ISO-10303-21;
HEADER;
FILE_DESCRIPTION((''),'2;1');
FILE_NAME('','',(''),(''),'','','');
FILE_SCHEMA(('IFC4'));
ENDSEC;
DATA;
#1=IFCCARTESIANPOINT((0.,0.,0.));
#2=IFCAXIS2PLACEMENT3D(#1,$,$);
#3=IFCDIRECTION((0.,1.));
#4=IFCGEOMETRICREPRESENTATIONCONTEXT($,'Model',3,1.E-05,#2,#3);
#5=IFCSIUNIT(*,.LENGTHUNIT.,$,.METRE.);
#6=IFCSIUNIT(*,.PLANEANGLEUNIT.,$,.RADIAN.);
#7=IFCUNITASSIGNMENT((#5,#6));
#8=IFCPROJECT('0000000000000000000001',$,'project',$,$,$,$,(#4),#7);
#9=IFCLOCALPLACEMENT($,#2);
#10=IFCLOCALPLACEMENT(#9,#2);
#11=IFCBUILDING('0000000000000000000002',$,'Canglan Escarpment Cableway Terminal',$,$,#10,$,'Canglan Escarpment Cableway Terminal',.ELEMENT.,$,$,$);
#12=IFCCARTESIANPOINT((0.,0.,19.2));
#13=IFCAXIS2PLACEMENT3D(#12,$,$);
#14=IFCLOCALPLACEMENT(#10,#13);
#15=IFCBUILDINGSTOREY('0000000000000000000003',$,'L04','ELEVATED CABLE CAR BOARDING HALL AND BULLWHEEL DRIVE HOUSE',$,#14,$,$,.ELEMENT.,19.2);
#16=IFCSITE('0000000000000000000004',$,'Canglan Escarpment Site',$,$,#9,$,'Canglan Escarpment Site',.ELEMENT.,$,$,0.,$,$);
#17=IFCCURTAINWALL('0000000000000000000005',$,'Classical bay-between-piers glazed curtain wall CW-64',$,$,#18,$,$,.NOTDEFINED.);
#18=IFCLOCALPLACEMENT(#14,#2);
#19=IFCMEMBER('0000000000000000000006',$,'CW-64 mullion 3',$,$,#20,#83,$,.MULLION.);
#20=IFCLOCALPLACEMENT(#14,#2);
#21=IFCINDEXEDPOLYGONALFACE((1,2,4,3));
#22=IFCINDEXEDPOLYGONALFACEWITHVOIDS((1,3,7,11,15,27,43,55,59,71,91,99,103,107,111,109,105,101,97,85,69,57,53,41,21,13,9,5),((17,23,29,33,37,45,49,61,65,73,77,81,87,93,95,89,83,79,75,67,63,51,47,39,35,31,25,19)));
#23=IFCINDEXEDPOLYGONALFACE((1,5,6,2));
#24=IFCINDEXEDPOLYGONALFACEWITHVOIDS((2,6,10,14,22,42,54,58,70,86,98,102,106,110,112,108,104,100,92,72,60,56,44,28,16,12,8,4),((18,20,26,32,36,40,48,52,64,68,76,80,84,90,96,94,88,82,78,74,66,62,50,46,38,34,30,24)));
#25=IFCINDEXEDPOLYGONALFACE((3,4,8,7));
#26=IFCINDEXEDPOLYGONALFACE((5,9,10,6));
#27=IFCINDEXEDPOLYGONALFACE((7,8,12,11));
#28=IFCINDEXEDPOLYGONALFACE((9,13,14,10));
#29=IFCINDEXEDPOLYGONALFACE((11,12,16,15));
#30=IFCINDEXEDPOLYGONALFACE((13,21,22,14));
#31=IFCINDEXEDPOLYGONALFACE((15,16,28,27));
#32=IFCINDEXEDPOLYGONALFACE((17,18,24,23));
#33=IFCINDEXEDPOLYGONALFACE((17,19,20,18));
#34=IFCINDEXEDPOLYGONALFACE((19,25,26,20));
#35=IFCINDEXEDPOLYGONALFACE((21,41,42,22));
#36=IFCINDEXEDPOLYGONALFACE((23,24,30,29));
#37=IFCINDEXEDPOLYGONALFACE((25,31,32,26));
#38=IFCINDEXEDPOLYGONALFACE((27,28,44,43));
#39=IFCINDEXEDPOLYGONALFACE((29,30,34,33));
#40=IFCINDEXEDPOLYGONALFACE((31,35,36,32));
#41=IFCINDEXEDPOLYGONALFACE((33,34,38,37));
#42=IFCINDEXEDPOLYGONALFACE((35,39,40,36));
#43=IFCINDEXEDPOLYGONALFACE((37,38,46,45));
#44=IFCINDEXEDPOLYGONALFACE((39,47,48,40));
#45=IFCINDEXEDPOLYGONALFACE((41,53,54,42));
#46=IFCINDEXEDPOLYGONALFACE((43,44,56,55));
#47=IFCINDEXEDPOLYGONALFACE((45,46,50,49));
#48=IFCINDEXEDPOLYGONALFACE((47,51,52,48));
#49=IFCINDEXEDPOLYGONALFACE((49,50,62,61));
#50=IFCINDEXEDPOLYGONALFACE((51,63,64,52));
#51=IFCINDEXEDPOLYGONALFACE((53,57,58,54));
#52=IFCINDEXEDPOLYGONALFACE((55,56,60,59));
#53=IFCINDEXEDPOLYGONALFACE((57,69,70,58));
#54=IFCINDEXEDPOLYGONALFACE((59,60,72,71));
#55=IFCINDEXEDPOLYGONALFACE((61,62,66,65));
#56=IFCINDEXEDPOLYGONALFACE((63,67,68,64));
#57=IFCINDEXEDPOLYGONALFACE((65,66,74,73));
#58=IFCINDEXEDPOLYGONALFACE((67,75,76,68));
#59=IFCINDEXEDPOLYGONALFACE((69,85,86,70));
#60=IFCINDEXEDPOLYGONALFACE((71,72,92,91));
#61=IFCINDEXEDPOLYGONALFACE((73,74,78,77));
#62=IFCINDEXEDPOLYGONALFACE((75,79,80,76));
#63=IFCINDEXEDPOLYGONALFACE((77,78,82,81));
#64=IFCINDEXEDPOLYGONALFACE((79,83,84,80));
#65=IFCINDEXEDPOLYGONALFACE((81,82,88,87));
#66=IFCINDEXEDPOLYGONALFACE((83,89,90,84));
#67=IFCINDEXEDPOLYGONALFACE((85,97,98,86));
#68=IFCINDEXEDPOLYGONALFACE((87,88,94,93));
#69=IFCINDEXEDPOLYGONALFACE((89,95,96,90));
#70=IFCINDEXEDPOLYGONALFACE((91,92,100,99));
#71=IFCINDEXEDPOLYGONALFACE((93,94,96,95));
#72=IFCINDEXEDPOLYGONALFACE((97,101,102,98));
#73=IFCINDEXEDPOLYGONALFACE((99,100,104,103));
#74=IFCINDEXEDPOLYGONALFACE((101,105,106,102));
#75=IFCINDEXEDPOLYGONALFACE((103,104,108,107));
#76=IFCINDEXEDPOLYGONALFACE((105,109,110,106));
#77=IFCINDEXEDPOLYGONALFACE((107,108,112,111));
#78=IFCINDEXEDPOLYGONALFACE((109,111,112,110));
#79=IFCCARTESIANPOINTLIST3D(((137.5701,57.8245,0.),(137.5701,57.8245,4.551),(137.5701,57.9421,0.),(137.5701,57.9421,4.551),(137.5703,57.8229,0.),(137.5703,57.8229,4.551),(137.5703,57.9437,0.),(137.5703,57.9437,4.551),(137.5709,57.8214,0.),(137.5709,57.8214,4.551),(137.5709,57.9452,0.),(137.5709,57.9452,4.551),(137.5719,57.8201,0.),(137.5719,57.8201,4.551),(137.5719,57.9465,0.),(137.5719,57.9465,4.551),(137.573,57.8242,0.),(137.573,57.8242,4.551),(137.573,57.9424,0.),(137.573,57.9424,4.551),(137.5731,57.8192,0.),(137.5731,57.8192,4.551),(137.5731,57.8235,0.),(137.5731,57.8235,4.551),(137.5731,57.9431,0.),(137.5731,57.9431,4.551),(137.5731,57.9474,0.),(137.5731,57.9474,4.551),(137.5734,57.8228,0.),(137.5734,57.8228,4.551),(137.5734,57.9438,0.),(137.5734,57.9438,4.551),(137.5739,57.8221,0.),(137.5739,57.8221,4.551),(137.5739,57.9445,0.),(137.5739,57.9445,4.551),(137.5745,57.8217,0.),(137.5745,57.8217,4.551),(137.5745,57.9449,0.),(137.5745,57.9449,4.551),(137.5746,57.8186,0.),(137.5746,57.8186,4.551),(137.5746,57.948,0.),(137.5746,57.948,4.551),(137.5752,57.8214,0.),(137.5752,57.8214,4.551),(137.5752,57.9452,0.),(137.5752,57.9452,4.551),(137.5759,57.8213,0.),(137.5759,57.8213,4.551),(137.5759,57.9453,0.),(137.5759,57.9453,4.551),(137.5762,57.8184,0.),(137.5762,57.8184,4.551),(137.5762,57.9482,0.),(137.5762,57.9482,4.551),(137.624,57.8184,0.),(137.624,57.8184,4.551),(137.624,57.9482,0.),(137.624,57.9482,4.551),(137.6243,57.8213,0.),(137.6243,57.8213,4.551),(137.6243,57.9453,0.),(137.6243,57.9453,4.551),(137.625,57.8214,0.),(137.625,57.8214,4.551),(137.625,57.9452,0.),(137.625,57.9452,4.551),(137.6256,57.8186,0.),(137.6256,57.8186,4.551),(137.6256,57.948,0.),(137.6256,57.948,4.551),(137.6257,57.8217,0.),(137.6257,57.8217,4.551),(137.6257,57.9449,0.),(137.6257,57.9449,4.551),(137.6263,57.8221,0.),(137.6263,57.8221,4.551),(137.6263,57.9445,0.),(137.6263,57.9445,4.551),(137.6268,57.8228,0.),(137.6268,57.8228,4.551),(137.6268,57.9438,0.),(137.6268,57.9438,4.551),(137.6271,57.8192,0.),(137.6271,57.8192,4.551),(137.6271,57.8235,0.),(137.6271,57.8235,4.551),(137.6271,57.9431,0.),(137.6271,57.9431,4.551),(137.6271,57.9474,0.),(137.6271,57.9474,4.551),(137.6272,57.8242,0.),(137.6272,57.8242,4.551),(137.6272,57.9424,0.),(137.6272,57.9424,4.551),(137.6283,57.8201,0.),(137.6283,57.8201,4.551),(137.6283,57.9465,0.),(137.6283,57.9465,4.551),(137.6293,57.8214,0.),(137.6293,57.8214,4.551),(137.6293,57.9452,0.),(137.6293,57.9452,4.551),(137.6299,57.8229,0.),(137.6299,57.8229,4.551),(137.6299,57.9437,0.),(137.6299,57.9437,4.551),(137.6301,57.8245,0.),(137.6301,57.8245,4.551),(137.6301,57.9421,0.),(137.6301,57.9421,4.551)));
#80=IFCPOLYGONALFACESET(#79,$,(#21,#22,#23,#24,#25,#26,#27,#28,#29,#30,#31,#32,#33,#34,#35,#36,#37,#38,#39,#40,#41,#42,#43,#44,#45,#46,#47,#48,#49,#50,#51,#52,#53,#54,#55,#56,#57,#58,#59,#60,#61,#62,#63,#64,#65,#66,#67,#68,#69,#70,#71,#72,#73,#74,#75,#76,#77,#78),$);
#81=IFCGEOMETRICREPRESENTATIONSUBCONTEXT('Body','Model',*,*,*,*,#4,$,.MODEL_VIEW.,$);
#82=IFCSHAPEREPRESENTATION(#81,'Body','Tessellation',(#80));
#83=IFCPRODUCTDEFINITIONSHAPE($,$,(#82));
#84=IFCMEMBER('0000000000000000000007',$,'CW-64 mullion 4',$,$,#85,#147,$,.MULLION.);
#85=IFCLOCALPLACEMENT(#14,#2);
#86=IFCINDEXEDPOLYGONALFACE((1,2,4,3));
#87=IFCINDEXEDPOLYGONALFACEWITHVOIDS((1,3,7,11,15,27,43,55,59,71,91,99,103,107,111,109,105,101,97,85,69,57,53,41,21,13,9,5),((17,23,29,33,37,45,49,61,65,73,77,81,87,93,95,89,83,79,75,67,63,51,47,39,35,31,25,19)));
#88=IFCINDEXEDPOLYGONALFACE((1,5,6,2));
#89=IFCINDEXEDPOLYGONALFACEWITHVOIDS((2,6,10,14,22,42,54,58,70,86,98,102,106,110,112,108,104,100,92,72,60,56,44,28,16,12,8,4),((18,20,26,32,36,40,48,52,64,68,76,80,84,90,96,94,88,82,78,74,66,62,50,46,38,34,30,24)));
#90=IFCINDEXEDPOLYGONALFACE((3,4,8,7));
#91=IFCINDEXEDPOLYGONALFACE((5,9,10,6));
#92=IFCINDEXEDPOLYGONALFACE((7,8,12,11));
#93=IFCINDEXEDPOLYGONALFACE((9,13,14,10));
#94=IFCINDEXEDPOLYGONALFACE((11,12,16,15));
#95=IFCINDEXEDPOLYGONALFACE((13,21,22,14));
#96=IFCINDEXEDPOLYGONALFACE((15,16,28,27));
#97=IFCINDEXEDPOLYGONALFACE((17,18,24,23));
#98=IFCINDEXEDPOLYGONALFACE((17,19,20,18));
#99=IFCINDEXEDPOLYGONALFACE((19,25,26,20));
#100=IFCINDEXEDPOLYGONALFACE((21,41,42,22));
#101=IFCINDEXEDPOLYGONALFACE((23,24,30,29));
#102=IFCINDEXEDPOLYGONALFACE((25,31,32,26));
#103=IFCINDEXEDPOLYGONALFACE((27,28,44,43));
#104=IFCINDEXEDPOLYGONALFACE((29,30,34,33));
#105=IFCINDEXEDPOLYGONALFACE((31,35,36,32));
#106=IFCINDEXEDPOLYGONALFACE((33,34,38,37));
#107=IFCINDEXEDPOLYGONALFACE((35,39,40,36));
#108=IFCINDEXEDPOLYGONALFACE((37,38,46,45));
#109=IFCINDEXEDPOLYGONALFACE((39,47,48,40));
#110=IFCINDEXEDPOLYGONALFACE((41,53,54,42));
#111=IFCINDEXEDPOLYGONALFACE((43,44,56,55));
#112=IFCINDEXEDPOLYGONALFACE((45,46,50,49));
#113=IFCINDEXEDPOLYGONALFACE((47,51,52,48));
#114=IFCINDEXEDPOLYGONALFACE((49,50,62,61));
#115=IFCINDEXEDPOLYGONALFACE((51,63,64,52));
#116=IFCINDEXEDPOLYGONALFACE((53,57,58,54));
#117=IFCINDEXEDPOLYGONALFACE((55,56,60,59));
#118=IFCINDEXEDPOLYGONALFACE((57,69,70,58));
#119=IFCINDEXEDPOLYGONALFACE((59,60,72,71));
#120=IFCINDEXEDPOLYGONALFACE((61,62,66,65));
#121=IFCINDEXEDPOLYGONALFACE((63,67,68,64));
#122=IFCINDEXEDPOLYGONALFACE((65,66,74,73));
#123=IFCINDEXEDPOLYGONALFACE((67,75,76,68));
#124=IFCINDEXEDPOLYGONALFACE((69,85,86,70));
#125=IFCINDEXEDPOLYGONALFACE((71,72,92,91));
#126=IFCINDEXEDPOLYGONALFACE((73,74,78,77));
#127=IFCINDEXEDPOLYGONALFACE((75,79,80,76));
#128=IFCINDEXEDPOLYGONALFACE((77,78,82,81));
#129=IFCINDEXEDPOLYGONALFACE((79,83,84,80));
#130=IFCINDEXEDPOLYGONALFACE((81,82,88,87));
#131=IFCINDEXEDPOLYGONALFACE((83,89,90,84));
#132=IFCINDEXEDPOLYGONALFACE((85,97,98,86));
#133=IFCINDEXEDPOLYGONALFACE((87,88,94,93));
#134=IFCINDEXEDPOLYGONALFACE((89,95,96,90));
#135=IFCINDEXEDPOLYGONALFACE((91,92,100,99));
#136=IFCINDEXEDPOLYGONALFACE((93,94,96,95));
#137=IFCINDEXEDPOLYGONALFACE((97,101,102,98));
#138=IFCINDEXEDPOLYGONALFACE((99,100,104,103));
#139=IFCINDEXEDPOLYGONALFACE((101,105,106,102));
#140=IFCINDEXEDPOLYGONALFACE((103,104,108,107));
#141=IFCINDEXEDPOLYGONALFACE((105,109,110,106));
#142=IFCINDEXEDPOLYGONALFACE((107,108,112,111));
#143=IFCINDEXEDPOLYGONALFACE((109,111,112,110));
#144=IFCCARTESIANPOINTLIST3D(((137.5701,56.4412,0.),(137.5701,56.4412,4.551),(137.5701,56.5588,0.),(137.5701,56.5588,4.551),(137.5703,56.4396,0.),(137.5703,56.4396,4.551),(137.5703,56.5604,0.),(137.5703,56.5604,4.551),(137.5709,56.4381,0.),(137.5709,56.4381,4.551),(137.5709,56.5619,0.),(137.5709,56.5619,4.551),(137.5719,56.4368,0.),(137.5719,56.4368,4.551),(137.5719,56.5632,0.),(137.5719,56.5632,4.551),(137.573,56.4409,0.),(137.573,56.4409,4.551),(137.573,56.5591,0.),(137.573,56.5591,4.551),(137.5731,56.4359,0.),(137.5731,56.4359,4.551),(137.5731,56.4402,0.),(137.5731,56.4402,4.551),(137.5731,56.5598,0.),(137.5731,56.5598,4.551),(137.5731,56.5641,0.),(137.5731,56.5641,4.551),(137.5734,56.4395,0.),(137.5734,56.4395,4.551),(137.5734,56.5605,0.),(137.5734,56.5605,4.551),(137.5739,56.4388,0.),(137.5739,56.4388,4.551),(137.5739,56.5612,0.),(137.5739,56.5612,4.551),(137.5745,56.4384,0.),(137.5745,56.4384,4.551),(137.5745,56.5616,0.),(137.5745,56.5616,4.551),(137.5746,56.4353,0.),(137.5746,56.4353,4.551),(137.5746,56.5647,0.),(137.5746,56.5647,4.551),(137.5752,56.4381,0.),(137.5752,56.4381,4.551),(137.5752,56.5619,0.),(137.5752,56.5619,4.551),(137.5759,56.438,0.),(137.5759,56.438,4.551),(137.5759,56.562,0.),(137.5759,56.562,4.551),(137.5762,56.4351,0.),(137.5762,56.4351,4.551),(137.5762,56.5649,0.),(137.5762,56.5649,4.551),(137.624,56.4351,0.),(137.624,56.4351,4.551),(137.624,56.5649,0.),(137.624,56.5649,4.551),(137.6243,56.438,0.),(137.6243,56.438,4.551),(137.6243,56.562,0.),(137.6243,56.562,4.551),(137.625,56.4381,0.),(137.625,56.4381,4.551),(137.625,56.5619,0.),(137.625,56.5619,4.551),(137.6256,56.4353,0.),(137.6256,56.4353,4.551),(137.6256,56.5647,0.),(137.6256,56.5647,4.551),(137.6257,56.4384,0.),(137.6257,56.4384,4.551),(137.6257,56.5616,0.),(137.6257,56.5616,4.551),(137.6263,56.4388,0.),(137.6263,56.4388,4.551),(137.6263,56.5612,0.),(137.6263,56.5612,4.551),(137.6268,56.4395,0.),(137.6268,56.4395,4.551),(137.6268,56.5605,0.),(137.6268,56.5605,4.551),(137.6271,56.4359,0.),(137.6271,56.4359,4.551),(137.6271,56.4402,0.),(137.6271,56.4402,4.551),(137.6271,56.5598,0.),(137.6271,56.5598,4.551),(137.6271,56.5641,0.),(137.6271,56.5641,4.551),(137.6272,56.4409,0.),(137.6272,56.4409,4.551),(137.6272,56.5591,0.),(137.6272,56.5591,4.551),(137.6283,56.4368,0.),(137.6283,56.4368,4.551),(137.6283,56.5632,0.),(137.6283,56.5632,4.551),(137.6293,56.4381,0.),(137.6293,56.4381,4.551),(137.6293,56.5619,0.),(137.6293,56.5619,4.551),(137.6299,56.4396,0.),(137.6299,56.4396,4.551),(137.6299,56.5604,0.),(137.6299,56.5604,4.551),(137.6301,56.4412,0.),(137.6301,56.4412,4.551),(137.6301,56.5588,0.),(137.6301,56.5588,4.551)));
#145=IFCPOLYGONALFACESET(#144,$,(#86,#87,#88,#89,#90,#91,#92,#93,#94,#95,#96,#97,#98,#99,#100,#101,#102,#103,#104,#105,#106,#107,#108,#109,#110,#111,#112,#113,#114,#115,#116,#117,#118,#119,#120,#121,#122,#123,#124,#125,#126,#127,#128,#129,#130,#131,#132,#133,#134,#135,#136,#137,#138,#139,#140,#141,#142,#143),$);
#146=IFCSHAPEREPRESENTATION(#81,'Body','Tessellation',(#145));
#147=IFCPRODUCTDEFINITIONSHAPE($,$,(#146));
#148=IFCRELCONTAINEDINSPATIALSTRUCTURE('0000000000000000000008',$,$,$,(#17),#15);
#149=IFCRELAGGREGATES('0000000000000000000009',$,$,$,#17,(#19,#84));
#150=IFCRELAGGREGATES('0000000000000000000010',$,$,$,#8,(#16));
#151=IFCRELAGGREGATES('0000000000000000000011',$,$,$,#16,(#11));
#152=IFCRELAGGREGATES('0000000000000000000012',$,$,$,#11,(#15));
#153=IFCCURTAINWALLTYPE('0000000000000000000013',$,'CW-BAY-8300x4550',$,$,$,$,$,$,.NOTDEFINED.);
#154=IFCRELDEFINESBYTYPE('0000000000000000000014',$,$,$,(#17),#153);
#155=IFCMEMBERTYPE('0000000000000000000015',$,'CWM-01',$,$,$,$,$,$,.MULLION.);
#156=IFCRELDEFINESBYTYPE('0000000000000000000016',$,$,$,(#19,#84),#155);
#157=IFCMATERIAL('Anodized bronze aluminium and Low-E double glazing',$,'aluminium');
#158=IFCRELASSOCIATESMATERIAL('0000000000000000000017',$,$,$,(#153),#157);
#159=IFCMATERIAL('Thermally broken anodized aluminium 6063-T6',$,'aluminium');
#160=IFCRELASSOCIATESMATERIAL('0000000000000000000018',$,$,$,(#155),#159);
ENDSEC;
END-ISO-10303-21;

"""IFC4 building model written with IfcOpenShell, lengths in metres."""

from ifc_helpers import new_model, si_unit, direction, frame, origin, origin_2d, place, context, subcontext, project, spatial, hollow_rectangle, extrude, material, material_profile, profile_set, type_object, element, aggregate, save


model = new_model("IFC4")

# Units and contexts
model_context = context("Model", 3, precision=1e-05, world=origin(), true_north=direction((0.0, 1.0)))
body_context = subcontext(model_context, "Body", "Model", "MODEL_VIEW")
ifc_project = project(units=[si_unit("LENGTHUNIT", "METRE"), si_unit("PLANEANGLEUNIT", "RADIAN")], contexts=[model_context])

# Site, building, storey
site_placement = place(None, origin())
site = spatial("IfcSite", under=ifc_project, at=site_placement, Name="Canglan Escarpment Site", LongName="Canglan Escarpment Site", CompositionType="ELEMENT", RefElevation=0.0)
building_placement = place(site_placement, origin())
building = spatial("IfcBuilding", under=site, at=building_placement, Name="Canglan Escarpment Cableway Terminal", LongName="Canglan Escarpment Cableway Terminal", CompositionType="ELEMENT")
storey_placement = place(building_placement, frame((0.0, 0.0, 19.2)))
storey = spatial("IfcBuildingStorey", under=building, at=storey_placement, Name="L04", Description="ELEVATED CABLE CAR BOARDING HALL AND BULLWHEEL DRIVE HOUSE", CompositionType="ELEMENT", Elevation=19.2)

# Curtain wall, members
ifc_material_1 = material(Name="Anodized bronze aluminium and Low-E double glazing", Category="aluminium")
curtain_wall_type = type_object("IfcCurtainWallType", Name="CW-BAY-8300x4550", PredefinedType="NOTDEFINED", material=ifc_material_1)
curtain_wall_placement = place(storey_placement, origin())
curtain_wall = element("IfcCurtainWall", 1, at=curtain_wall_placement, inside=storey, type_object=curtain_wall_type, Name="Classical bay-between-piers glazed curtain wall CW-64", PredefinedType="NOTDEFINED")
ifc_material_2 = material(Name="Thermally broken anodized aluminium 6063-T6", Category="aluminium")
ifc_material_profile_1 = material_profile(ifc_material_2, hollow_rectangle(XDim=0.0601, YDim=0.1299, WallThickness=0.0029, InnerFilletRadius=0.0029, OuterFilletRadius=0.0061, at=origin_2d()), Name="ALU-MULL 60x130x3")
ifc_profile_set_1 = profile_set([ifc_material_profile_1], Name="Thermally broken anodized aluminium 6063-T6")
member_type_1 = type_object("IfcMemberType", Name="CWM-01", PredefinedType="MULLION", material=ifc_profile_set_1)
member_1_placement = place(storey_placement, frame((137.6001, 57.8833, 0.0), z_axis=(0.0, 0.0, 1.0), x_axis=(1.0, 0.0, 0.0)))
member_1 = element("IfcMember", 2, at=member_1_placement, type_object=member_type_1, Name="CW-64 mullion 3", PredefinedType="MULLION", context=body_context, shape_type="SweptSolid", body=[
    extrude(hollow_rectangle(XDim=0.0601, YDim=0.1299, WallThickness=0.0029, InnerFilletRadius=0.0029, OuterFilletRadius=0.0061, at=origin_2d()), origin(), (0.0, 0.0, 1.0), 4.551),
])
member_2_placement = place(storey_placement, frame((137.6001, 56.5, 0.0), z_axis=(0.0, 0.0, 1.0), x_axis=(1.0, 0.0, 0.0)))
member_2 = element("IfcMember", 3, at=member_2_placement, type_object=member_type_1, Name="CW-64 mullion 4", PredefinedType="MULLION", context=body_context, shape_type="SweptSolid", body=[
    extrude(hollow_rectangle(XDim=0.0601, YDim=0.1299, WallThickness=0.0029, InnerFilletRadius=0.0029, OuterFilletRadius=0.0061, at=origin_2d()), origin(), (0.0, 0.0, 1.0), 4.551),
])
aggregate(curtain_wall, [member_1, member_2])

save(model, "model.ifc")
